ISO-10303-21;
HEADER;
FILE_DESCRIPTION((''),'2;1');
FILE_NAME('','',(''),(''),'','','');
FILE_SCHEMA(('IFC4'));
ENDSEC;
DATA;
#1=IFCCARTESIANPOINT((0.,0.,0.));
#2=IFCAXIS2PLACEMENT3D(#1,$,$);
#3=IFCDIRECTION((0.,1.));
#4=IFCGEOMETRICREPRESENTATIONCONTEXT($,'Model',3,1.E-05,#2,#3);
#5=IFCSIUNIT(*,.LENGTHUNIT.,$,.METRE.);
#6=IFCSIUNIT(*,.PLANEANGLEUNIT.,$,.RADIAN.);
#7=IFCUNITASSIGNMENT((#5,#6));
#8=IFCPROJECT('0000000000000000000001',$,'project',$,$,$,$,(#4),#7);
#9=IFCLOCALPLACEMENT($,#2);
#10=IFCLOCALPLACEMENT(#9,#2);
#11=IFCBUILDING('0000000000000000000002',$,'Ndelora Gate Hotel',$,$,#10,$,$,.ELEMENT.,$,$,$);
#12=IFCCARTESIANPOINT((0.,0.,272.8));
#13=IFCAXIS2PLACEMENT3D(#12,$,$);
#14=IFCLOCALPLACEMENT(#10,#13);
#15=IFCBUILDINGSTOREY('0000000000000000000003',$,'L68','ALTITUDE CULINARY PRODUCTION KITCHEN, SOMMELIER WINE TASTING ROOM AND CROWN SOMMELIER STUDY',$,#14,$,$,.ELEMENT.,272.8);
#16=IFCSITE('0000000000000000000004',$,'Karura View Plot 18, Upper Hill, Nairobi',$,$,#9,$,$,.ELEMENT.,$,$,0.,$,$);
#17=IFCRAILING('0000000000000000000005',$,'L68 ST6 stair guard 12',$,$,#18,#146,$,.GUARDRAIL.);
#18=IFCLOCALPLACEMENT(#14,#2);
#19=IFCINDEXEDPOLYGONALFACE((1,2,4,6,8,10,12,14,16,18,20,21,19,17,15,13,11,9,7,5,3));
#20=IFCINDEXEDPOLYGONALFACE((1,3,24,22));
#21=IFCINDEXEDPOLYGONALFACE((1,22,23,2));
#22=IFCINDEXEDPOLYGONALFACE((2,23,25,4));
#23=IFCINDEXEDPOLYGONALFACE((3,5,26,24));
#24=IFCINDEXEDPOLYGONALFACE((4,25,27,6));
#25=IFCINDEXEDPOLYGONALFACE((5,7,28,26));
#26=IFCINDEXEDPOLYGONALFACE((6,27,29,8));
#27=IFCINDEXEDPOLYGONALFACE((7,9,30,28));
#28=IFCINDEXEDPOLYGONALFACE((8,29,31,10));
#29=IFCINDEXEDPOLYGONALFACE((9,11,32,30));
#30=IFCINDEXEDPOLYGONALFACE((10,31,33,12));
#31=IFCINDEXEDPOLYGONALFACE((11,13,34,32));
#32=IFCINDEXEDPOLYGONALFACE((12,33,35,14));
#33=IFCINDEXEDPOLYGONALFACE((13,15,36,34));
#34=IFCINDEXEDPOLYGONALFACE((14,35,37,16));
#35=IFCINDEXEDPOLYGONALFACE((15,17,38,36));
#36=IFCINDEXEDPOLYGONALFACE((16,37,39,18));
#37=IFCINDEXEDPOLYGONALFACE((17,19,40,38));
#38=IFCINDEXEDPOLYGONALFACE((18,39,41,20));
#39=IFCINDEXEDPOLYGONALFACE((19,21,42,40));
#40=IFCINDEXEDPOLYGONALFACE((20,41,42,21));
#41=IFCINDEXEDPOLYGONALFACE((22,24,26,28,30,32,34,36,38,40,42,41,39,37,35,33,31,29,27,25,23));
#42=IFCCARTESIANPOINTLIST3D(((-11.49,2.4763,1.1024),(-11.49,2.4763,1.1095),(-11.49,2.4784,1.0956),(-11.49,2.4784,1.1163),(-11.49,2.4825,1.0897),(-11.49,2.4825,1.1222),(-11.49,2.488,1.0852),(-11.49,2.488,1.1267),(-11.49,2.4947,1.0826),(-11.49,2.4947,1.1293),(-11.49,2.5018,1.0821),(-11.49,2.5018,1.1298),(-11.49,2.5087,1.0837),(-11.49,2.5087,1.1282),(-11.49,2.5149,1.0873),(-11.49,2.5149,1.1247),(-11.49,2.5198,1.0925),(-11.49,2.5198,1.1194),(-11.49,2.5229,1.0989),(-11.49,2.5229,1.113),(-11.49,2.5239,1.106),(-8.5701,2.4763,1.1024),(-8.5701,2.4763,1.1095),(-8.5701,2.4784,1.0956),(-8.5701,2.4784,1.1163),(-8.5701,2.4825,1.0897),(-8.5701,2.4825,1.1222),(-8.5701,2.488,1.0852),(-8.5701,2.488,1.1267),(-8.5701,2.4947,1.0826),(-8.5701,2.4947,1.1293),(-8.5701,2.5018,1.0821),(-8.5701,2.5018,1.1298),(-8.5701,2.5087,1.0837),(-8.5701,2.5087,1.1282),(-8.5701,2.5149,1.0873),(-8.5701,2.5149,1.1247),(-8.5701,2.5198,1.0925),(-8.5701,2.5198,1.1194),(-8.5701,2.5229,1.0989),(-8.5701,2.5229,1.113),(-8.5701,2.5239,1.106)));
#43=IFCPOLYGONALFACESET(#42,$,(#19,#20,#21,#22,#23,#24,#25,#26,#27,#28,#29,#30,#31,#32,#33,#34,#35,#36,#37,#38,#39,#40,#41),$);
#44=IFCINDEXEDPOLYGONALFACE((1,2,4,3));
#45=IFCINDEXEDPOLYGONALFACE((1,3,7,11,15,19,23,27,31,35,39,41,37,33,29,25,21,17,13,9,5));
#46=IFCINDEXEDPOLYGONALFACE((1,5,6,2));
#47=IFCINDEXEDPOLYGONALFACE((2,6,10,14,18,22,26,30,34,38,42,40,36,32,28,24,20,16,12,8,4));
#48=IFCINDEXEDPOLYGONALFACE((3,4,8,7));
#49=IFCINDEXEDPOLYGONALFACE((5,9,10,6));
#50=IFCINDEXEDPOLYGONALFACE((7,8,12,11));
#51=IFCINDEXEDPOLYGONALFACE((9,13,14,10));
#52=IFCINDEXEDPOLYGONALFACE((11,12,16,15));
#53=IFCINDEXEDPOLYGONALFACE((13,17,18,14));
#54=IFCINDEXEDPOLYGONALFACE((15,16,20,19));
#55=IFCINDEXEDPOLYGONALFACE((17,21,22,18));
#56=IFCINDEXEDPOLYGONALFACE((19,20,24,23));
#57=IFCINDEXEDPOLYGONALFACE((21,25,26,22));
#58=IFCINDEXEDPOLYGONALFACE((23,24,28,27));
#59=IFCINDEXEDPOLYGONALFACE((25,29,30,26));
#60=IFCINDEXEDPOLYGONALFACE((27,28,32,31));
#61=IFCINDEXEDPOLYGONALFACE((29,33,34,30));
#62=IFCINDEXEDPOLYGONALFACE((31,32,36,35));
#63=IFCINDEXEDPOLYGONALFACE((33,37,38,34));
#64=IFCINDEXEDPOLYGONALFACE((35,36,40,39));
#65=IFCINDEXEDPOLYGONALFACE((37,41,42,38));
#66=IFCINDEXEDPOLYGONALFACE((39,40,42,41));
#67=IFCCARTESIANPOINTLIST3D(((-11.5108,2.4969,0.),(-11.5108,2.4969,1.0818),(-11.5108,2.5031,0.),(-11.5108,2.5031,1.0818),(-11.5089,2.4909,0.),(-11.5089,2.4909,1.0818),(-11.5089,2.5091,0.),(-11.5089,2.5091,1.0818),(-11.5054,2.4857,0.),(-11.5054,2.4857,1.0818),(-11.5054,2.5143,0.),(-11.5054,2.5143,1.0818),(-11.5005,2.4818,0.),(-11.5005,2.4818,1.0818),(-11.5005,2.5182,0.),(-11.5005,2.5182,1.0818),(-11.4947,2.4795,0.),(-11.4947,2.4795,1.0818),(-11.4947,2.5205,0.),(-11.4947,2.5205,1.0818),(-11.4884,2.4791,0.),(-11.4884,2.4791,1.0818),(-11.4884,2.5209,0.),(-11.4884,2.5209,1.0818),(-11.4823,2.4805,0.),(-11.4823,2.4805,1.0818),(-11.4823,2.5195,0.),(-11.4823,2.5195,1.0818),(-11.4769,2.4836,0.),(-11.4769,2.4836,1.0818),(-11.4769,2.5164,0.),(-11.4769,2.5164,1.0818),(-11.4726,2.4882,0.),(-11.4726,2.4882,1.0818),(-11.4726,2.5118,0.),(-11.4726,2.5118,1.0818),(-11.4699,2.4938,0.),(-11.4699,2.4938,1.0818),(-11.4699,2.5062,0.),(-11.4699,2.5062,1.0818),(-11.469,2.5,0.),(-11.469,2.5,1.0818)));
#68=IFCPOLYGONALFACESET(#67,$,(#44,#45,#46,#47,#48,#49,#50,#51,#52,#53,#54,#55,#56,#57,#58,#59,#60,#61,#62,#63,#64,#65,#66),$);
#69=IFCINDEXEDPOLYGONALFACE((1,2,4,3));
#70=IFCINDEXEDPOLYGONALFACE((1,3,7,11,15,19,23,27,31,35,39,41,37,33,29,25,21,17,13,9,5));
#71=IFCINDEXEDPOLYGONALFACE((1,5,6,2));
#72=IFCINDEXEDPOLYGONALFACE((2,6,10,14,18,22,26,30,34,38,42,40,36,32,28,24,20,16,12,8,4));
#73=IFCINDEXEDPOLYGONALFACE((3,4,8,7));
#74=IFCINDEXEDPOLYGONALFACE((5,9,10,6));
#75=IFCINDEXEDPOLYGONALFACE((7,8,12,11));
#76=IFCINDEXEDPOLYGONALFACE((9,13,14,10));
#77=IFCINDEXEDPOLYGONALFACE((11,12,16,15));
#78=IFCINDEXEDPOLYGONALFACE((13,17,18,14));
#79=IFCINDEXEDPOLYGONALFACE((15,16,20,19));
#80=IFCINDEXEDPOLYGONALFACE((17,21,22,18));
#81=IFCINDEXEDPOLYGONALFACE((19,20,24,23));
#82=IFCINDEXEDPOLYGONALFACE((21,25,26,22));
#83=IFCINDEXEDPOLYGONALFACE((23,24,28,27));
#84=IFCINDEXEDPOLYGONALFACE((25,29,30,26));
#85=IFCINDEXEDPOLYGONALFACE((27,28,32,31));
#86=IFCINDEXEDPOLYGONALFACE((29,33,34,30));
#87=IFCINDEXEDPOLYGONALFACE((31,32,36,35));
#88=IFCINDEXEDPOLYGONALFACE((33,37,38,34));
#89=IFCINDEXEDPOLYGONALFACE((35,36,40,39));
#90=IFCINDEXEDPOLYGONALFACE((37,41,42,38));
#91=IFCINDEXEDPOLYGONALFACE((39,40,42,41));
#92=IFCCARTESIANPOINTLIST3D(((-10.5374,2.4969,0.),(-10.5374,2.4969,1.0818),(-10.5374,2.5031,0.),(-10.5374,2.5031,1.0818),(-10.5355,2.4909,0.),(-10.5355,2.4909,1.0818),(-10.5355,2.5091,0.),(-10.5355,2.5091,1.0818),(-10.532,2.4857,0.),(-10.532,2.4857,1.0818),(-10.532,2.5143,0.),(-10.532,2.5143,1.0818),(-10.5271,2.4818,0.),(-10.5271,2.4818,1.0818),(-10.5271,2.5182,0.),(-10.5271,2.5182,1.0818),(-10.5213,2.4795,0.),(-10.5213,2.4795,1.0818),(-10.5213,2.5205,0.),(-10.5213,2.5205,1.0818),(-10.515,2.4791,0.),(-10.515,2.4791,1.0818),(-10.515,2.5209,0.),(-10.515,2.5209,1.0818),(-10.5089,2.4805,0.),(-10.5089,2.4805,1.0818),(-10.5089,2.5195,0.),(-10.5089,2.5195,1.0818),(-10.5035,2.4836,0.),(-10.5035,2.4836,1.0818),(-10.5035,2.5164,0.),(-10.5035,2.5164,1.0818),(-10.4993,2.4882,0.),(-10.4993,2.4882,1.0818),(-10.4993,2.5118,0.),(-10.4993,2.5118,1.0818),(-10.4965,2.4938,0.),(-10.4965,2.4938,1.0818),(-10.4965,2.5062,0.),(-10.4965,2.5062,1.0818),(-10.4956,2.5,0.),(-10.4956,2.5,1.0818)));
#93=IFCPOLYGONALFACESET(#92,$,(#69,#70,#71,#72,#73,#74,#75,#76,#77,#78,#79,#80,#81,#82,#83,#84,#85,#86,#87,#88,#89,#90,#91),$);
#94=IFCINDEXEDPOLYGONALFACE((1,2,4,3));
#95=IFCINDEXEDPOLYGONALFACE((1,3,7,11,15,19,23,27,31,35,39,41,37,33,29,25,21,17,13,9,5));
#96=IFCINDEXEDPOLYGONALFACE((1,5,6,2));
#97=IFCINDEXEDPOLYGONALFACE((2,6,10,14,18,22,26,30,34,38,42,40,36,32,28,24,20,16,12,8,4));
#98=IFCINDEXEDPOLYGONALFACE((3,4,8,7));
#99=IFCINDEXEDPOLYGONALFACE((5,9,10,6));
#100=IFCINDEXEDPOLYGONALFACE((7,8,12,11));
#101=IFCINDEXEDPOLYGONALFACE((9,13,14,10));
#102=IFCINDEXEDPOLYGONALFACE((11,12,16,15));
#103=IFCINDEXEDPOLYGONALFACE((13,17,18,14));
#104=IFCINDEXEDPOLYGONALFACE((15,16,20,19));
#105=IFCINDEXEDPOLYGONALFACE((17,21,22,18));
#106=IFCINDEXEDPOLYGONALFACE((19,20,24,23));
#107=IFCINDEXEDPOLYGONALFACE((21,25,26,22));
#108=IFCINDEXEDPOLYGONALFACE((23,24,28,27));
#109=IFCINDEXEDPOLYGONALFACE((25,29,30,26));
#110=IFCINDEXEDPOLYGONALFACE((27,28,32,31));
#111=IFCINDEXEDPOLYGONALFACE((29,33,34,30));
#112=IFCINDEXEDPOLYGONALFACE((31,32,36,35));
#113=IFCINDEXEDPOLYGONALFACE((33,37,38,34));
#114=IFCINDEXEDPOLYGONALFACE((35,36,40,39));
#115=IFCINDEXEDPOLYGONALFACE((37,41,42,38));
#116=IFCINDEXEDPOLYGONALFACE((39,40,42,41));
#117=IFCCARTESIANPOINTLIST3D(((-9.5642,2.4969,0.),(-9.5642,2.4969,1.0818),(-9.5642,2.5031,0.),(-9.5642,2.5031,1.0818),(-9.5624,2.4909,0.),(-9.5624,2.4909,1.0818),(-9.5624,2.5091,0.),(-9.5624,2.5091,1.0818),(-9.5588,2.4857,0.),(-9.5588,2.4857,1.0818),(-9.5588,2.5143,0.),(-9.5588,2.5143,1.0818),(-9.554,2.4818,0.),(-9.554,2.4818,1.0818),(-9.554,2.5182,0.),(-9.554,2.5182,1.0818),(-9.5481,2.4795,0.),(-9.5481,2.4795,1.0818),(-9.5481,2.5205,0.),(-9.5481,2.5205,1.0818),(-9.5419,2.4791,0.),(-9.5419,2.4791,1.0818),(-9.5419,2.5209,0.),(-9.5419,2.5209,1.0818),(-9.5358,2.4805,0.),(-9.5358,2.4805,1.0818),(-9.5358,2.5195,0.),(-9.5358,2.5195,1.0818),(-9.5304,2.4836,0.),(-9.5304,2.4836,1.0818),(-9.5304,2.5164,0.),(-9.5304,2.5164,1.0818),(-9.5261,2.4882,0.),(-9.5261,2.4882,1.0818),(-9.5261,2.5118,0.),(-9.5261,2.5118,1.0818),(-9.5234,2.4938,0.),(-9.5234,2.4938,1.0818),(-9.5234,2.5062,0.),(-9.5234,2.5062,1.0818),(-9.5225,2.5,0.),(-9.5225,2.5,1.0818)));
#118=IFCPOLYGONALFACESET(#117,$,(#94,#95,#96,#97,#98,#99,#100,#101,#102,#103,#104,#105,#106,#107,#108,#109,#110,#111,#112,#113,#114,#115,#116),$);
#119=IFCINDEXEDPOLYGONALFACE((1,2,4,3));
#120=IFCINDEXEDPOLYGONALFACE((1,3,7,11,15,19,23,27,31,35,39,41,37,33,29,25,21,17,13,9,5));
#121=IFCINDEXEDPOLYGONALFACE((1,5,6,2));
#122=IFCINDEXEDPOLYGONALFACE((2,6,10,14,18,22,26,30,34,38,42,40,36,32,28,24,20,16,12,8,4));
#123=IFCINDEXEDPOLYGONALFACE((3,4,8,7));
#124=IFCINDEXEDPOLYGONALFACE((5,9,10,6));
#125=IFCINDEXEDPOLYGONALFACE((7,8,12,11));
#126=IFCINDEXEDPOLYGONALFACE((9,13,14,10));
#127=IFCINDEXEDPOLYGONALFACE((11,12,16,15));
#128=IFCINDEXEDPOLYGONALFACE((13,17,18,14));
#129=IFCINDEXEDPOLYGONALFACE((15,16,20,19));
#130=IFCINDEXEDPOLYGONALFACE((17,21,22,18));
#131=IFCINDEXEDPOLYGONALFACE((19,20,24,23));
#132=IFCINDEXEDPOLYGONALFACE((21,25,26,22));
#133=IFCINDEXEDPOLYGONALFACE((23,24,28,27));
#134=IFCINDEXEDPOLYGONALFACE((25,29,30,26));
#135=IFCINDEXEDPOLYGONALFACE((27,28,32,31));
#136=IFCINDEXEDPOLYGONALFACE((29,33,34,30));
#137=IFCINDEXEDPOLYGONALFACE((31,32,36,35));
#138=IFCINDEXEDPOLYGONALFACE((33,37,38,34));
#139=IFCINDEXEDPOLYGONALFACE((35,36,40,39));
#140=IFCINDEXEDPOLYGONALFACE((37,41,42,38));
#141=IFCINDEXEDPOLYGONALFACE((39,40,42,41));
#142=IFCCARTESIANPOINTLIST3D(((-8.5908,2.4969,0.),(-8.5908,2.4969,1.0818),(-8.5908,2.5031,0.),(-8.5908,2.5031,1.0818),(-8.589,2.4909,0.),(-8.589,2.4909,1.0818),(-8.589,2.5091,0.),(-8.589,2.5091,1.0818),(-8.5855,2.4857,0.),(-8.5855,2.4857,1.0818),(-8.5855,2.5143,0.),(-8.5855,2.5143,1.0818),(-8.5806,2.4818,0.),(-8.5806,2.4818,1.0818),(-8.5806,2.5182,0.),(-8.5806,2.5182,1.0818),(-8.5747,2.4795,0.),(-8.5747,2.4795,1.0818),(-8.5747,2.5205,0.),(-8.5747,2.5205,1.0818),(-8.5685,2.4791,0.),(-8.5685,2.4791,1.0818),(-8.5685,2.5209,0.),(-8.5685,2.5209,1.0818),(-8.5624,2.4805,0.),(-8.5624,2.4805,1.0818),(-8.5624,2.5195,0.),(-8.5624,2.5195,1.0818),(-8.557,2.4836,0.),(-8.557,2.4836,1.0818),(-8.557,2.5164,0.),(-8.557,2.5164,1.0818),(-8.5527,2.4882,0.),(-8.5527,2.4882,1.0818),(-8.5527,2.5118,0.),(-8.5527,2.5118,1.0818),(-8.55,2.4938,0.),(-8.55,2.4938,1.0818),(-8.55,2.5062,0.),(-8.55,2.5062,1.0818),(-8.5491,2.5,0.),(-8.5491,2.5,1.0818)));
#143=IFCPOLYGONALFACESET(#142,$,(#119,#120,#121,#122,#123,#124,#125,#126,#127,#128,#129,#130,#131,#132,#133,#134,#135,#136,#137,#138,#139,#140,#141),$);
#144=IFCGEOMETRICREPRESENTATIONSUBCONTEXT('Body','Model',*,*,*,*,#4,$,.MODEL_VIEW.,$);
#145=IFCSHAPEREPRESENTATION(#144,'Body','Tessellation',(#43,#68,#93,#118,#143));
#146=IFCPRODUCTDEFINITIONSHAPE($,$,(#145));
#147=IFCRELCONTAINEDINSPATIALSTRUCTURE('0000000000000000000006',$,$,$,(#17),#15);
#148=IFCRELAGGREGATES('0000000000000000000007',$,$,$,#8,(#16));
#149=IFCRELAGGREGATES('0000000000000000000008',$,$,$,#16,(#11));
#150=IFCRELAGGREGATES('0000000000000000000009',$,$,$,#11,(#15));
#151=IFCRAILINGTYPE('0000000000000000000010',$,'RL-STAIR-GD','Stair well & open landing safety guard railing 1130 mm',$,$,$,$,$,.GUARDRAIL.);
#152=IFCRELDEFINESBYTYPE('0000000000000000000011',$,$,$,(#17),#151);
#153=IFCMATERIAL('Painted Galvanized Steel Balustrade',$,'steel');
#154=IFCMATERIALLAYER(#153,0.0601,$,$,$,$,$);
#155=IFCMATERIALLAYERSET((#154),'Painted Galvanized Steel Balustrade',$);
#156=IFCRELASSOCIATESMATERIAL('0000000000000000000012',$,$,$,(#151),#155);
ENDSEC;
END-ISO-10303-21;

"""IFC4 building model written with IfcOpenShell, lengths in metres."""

from ifc_helpers import new_model, si_unit, direction, frame, origin, origin_2d, place, context, subcontext, project, spatial, circle, extrude, material, layer, layer_set, type_object, element, save


model = new_model("IFC4")

# Units and contexts
model_context = context("Model", 3, precision=1e-05, world=origin(), true_north=direction((0.0, 1.0)))
body_context = subcontext(model_context, "Body", "Model", "MODEL_VIEW")
ifc_project = project(units=[si_unit("LENGTHUNIT", "METRE"), si_unit("PLANEANGLEUNIT", "RADIAN")], contexts=[model_context])

# Site, building, storey
site_placement = place(None, origin())
site = spatial("IfcSite", under=ifc_project, at=site_placement, Name="Karura View Plot 18, Upper Hill, Nairobi", CompositionType="ELEMENT", RefElevation=0.0)
building_placement = place(site_placement, origin())
building = spatial("IfcBuilding", under=site, at=building_placement, Name="Ndelora Gate Hotel", CompositionType="ELEMENT")
storey_placement = place(building_placement, frame((0.0, 0.0, 272.8)))
storey = spatial("IfcBuildingStorey", under=building, at=storey_placement, Name="L68", Description="ALTITUDE CULINARY PRODUCTION KITCHEN, SOMMELIER WINE TASTING ROOM AND CROWN SOMMELIER STUDY", CompositionType="ELEMENT", Elevation=272.8)

# Railing
ifc_material_1 = material(Name="Painted Galvanized Steel Balustrade", Category="steel")
ifc_layer_1 = layer(ifc_material_1, 0.0601)
ifc_layer_set_1 = layer_set([ifc_layer_1], Name="Painted Galvanized Steel Balustrade")
railing_type_1 = type_object("IfcRailingType", Name="RL-STAIR-GD", Description="Stair well & open landing safety guard railing 1130 mm", PredefinedType="GUARDRAIL", material=ifc_layer_set_1)
railing_1_placement = place(storey_placement, frame((-11.49, 2.5, 0.0)))
element("IfcRailing", 1, at=railing_1_placement, inside=storey, type_object=railing_type_1, Name="L68 ST6 stair guard 12", PredefinedType="GUARDRAIL", context=body_context, shape_type="SweptSolid", body=[
    extrude(circle(Radius=0.0239, at=origin_2d()), frame((0.0, 0.0, 1.106), z_axis=(1.0, 0.0, 0.0), x_axis=(0.0, 1.0, 0.0)), (0.0, 0.0, 1.0), 2.9199),
    extrude(circle(Radius=0.021, at=origin_2d()), origin(), (0.0, 0.0, 1.0), 1.0818),
    extrude(circle(Radius=0.021, at=origin_2d()), frame((0.9734, 0.0, 0.0)), (0.0, 0.0, 1.0), 1.0818),
    extrude(circle(Radius=0.021, at=origin_2d()), frame((1.9465, 0.0, 0.0)), (0.0, 0.0, 1.0), 1.0818),
    extrude(circle(Radius=0.021, at=origin_2d()), frame((2.9199, 0.0, 0.0)), (0.0, 0.0, 1.0), 1.0818),
])

save(model, "model.ifc")
